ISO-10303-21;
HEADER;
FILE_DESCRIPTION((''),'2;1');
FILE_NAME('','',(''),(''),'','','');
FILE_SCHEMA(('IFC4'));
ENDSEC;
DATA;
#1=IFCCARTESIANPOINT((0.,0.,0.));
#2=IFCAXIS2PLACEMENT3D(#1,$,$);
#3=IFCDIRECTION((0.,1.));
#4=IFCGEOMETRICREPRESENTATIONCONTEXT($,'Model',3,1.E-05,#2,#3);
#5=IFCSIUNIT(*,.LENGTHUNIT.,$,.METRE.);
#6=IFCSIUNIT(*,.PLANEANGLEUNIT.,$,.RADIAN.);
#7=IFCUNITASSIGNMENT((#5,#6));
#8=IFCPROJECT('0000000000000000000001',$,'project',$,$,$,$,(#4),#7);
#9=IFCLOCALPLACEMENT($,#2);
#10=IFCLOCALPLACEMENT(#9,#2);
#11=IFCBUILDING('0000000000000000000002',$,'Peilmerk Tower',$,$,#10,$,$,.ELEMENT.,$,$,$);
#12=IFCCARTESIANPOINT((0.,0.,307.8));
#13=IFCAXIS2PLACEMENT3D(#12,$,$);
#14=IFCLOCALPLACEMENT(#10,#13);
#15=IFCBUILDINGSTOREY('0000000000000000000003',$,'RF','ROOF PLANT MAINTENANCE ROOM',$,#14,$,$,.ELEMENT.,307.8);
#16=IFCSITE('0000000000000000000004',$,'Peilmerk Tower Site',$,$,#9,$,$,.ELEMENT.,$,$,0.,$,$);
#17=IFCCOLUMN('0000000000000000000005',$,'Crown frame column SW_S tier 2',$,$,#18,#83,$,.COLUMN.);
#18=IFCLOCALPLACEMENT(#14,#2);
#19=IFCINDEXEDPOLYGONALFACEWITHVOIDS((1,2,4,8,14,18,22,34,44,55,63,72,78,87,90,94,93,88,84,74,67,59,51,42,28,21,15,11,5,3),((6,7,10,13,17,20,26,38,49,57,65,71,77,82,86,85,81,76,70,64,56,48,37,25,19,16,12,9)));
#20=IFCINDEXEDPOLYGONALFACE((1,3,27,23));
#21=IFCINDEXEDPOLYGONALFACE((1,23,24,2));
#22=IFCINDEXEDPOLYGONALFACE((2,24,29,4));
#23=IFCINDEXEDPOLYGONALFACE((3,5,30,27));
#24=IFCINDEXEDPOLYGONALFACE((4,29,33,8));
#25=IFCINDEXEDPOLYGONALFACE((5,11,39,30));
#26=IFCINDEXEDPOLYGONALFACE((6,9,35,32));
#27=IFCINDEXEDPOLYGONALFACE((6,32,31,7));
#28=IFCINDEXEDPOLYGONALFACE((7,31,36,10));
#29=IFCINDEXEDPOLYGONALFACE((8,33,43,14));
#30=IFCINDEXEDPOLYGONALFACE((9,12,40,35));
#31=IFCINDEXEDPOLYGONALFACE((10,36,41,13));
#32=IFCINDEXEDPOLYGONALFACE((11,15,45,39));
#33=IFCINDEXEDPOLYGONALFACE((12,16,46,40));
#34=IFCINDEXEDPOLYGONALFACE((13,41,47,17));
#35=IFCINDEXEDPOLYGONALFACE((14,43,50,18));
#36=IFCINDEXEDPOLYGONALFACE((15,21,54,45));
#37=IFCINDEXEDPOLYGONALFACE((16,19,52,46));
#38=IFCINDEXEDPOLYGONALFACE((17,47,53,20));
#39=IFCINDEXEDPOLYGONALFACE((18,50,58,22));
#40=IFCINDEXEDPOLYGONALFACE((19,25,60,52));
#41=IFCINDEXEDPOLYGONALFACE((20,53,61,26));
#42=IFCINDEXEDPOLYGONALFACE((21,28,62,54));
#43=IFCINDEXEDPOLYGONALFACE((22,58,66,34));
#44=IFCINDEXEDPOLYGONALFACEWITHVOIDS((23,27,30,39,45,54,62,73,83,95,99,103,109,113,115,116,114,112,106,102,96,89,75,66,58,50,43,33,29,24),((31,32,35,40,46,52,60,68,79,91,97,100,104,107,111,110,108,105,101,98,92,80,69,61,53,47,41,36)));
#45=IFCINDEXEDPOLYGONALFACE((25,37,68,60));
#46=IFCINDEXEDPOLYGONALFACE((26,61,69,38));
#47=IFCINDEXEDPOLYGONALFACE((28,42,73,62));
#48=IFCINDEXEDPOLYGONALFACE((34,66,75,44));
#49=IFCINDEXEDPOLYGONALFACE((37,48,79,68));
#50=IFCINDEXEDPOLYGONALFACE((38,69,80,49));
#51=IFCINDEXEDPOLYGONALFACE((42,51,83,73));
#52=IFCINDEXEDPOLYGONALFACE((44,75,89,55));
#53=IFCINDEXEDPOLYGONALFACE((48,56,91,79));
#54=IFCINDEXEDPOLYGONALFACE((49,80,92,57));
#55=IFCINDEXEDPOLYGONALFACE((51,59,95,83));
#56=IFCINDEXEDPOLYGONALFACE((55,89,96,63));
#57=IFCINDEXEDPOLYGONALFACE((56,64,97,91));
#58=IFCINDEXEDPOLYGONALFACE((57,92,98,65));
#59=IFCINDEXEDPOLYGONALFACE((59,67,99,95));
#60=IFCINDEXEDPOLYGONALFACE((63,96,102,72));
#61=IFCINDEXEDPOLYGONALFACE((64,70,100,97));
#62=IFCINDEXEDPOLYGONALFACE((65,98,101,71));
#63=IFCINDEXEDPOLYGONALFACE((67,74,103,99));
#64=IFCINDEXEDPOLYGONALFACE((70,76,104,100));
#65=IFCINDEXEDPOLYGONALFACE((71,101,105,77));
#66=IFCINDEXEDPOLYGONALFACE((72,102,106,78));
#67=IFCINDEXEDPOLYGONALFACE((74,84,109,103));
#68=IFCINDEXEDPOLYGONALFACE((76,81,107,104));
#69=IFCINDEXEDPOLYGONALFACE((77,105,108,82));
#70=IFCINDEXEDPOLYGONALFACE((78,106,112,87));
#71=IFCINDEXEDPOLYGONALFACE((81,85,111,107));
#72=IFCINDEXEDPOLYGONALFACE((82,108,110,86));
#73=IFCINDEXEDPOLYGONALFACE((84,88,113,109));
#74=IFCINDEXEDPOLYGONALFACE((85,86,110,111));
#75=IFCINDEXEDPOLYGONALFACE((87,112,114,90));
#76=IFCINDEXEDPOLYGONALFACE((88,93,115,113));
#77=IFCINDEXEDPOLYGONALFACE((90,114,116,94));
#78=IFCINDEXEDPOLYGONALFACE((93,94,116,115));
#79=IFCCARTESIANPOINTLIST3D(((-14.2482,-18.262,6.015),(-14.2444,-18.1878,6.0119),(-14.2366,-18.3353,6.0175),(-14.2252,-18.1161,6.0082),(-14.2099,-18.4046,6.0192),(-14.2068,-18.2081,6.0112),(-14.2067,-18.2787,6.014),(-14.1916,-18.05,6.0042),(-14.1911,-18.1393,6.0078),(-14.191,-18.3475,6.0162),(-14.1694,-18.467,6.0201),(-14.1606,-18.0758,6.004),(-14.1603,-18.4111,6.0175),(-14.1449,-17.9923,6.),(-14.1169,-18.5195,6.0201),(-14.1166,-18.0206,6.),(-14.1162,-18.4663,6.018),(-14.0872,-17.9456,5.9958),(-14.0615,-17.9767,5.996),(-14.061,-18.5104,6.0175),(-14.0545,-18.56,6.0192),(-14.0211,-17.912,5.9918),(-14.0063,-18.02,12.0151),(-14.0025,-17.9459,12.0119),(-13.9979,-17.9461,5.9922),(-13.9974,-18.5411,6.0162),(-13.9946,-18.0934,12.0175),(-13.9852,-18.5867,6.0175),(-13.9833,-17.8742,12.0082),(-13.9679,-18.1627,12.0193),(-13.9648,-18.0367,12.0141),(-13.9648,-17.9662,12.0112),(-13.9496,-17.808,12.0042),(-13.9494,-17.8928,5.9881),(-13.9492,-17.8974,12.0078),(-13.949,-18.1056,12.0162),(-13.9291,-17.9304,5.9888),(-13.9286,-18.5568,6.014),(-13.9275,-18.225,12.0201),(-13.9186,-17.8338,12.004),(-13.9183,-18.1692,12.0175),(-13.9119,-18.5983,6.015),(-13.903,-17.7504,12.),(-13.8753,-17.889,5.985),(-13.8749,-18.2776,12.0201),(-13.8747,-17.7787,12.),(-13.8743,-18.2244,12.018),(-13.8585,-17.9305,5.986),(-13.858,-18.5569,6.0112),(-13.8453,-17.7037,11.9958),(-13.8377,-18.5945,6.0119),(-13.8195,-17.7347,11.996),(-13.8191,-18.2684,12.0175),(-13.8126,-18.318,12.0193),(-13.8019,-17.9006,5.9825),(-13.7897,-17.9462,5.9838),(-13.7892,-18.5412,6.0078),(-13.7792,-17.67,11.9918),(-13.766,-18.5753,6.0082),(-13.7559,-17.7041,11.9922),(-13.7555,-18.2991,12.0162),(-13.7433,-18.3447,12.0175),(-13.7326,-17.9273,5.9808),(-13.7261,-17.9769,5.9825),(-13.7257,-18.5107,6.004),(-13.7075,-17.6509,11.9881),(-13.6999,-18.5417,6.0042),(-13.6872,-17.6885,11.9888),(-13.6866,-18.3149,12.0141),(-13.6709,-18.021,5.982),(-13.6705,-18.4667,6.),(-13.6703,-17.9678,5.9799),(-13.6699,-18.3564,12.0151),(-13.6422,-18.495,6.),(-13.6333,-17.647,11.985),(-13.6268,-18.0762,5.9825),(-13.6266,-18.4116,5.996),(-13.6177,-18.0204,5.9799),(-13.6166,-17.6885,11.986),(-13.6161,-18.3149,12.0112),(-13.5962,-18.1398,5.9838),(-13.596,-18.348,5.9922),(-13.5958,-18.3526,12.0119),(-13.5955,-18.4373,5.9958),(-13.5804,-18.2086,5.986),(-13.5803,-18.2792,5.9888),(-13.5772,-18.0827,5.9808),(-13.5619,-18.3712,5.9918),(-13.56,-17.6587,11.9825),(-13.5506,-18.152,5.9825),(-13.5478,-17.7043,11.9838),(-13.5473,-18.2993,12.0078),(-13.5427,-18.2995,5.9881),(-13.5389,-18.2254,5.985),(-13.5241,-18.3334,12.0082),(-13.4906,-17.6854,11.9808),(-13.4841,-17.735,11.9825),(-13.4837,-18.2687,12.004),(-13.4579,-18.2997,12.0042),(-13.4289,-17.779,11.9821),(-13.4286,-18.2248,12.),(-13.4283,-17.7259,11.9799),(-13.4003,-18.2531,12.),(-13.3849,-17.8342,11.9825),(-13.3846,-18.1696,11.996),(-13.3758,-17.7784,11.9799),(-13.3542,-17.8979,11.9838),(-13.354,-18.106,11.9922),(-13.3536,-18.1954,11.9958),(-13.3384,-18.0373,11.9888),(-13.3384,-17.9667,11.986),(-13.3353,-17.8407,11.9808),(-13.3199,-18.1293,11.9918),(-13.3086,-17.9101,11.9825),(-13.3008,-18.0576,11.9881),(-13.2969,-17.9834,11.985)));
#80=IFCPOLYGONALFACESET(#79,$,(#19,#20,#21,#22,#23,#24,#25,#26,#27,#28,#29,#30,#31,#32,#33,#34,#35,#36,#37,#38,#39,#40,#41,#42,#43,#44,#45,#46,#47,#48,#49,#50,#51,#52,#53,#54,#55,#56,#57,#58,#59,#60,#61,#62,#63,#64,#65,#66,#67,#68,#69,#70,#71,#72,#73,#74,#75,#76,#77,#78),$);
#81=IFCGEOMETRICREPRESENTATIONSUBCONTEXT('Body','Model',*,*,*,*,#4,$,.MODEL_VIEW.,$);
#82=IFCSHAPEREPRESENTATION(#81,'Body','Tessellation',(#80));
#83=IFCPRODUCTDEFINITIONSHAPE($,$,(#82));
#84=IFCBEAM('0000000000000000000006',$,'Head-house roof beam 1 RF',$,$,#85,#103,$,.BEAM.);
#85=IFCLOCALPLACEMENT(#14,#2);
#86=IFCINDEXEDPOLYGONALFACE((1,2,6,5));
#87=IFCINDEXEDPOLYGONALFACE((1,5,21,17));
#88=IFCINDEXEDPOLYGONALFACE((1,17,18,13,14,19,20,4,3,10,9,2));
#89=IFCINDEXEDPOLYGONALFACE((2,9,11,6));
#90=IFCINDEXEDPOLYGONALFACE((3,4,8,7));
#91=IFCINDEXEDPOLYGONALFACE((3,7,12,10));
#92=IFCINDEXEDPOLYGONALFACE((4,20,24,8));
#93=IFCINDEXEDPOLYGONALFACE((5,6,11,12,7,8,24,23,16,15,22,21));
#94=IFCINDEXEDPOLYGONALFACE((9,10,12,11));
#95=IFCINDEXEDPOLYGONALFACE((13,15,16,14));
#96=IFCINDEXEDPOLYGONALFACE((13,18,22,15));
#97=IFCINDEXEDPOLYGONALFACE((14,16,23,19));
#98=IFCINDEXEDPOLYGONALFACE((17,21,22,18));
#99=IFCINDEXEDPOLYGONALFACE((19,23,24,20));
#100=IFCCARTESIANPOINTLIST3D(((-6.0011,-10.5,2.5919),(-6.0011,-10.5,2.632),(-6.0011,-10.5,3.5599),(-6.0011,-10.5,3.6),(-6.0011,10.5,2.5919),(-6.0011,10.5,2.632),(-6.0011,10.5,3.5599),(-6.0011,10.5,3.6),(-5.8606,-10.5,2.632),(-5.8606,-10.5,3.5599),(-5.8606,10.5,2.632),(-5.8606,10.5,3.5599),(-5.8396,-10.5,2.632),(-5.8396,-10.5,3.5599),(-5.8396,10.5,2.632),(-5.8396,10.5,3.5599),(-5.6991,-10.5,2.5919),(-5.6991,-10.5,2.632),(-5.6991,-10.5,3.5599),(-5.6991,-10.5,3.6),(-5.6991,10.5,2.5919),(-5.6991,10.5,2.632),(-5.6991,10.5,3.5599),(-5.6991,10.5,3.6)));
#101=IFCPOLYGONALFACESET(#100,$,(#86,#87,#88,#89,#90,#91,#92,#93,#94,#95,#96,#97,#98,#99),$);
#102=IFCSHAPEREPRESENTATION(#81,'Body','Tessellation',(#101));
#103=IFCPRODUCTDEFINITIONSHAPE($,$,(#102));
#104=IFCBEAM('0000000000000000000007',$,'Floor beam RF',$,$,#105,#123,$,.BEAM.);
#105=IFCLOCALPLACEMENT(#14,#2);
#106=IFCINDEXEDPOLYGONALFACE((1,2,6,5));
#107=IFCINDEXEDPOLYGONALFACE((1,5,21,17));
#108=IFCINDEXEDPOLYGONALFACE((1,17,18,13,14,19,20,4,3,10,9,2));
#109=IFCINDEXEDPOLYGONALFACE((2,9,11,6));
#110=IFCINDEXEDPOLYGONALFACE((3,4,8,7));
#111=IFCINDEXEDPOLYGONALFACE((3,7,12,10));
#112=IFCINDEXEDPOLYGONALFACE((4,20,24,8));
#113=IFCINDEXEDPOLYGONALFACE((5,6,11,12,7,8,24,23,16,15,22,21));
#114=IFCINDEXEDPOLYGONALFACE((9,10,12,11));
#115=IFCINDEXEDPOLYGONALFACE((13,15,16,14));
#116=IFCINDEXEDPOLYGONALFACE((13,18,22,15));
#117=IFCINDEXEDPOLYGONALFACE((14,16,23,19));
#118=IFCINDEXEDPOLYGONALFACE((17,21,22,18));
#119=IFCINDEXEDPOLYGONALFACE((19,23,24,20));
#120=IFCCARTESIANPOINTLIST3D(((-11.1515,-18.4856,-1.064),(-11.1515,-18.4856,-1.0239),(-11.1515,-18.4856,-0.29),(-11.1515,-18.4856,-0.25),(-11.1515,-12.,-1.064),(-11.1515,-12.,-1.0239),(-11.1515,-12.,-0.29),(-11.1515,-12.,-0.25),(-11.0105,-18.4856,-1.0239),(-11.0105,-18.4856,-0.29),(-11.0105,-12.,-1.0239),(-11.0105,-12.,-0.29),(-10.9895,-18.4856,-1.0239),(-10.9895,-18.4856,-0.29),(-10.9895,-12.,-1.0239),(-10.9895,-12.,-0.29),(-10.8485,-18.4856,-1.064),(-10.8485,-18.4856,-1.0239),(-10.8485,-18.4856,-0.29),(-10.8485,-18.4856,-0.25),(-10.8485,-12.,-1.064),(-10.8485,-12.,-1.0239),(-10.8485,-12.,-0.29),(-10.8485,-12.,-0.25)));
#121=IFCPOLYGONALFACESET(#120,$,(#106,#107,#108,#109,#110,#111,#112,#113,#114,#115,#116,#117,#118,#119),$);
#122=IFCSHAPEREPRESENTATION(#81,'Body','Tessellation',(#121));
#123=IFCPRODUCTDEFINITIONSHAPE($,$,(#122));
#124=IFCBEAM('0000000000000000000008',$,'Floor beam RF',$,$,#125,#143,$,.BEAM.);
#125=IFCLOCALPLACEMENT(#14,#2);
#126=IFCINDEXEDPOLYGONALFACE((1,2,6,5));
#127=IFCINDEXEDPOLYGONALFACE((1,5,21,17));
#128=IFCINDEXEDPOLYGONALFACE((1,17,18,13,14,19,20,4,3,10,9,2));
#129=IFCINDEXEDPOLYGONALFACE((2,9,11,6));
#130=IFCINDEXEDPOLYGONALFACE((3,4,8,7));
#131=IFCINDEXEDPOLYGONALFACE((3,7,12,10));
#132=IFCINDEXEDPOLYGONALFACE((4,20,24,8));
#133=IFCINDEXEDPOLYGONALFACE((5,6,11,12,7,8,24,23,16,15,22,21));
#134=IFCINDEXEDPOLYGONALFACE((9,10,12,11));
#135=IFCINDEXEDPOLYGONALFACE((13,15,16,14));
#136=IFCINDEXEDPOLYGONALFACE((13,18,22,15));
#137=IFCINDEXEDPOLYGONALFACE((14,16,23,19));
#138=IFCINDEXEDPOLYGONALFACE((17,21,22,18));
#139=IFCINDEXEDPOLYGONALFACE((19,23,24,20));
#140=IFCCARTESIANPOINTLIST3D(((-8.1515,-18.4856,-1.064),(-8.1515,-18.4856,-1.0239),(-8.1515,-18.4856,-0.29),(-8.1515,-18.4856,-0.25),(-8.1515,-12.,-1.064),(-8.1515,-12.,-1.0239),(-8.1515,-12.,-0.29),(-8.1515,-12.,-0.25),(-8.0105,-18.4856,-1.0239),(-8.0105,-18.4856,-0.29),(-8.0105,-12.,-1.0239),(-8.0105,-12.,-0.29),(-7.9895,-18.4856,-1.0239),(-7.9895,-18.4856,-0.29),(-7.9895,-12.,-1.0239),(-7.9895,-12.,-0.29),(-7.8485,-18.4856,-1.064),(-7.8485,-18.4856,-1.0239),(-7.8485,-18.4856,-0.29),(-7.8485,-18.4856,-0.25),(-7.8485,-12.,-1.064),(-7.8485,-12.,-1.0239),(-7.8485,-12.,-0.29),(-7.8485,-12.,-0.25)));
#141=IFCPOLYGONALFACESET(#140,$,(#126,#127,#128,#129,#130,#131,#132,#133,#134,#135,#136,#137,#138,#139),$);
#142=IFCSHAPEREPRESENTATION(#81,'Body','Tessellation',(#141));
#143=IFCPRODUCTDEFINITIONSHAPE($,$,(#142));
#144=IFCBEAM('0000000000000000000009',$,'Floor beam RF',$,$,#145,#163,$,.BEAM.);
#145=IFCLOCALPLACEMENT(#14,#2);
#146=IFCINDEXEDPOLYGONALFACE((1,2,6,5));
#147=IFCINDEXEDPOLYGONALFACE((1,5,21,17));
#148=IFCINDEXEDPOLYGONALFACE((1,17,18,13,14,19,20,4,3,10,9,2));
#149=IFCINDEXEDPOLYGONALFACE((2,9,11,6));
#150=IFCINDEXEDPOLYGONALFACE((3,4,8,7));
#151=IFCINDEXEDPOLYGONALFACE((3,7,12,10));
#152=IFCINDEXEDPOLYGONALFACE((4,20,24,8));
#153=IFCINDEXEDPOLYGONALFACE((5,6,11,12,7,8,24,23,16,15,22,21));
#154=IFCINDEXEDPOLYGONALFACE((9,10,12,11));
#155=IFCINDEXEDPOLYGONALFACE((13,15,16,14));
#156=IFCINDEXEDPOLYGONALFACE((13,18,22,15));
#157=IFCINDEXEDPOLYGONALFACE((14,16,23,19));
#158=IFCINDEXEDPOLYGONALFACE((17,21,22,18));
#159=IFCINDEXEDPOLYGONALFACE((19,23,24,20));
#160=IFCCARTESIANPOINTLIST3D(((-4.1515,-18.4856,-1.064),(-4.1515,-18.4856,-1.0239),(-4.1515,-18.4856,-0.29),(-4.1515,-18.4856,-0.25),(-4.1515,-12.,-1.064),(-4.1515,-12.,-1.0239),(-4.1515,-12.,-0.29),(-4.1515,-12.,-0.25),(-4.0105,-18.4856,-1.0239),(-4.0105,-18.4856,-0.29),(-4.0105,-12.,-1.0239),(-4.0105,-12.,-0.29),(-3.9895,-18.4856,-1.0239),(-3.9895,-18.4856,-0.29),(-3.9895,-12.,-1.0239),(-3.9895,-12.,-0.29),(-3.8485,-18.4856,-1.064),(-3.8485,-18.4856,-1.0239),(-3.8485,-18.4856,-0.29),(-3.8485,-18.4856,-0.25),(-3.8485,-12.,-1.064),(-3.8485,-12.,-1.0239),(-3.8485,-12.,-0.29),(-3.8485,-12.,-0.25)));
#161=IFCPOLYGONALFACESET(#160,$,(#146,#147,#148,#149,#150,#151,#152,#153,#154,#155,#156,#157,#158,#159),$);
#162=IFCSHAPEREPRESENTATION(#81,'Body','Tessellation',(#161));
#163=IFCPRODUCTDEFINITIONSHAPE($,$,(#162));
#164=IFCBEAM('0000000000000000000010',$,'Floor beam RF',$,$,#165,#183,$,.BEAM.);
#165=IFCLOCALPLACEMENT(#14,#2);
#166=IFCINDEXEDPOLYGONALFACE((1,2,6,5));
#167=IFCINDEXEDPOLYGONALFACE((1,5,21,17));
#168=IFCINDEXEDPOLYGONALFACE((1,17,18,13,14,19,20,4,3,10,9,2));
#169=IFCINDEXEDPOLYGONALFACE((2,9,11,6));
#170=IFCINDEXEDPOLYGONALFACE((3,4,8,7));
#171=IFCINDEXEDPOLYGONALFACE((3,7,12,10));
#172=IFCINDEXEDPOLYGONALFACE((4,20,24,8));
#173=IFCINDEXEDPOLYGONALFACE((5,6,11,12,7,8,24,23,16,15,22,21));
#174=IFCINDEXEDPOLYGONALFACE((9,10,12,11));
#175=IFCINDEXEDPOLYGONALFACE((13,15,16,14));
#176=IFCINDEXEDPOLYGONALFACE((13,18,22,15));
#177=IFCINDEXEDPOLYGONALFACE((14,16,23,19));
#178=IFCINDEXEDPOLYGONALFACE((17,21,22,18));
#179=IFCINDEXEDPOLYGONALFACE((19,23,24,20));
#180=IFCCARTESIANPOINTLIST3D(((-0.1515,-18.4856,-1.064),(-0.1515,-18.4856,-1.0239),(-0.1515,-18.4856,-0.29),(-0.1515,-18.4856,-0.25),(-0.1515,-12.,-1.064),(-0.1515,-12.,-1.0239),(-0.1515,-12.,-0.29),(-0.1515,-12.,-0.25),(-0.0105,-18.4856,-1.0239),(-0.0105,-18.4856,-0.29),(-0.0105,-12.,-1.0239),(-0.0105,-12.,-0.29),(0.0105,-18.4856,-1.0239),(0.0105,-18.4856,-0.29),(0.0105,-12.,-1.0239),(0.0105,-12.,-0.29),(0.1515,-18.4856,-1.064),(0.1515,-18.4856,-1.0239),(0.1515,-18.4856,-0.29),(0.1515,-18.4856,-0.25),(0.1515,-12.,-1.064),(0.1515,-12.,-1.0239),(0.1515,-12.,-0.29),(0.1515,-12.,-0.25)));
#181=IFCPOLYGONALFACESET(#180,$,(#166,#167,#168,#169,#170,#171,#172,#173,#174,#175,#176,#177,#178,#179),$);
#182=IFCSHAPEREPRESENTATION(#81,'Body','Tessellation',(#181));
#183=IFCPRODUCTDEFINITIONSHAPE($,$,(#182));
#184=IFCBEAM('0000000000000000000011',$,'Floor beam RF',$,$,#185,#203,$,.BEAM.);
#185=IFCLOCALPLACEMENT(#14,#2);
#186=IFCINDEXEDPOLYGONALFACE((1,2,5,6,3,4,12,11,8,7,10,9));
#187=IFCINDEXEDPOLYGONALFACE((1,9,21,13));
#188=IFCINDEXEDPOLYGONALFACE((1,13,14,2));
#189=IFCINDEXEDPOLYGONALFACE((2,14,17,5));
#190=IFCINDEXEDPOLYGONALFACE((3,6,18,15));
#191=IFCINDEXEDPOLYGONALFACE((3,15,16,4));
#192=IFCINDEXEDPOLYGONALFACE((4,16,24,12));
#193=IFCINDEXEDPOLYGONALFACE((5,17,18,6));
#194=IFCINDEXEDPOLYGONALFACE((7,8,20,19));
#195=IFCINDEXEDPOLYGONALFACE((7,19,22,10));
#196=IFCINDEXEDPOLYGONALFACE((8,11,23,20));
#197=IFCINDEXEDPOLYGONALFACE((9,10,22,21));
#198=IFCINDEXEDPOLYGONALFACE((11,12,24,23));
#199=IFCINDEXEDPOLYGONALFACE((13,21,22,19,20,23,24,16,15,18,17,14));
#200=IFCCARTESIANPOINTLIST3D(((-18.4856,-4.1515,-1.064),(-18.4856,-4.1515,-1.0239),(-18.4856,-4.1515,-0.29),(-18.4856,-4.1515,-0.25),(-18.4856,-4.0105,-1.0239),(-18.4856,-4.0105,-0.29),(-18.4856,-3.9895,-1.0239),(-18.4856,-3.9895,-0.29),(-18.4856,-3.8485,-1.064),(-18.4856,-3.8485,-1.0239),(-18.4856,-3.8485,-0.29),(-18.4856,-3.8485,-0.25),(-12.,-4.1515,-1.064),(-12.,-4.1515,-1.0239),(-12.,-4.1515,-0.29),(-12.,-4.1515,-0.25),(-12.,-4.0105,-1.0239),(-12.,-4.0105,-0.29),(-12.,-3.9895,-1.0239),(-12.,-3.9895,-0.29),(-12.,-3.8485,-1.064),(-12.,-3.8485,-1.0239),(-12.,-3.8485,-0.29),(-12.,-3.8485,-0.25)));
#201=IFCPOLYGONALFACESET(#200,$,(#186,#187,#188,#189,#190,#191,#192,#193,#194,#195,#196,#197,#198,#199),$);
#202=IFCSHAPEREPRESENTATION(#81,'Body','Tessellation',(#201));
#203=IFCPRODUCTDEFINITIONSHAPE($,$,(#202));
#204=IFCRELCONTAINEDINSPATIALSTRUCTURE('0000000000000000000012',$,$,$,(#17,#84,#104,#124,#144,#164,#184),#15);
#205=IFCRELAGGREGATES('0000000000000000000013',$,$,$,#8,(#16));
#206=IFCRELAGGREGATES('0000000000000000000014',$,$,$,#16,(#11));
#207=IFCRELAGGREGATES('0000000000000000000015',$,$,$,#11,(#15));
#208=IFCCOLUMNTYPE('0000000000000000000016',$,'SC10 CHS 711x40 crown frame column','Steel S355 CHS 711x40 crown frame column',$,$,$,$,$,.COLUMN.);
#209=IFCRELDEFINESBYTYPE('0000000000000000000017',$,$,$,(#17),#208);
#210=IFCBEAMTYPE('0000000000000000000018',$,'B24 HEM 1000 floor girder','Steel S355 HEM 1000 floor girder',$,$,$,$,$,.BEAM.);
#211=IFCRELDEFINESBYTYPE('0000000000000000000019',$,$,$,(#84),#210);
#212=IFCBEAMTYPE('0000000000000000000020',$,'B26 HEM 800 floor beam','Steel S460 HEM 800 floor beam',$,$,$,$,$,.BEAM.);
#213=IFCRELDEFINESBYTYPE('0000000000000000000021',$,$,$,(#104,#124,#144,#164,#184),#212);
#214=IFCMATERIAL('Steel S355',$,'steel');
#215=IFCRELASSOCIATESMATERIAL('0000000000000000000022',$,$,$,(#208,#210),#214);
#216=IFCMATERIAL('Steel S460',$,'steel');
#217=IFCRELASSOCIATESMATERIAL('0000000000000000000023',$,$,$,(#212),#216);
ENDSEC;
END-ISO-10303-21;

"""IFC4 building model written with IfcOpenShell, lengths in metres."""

from ifc_helpers import new_model, si_unit, direction, frame, origin, origin_2d, place, context, subcontext, project, spatial, hollow_circle, i_section, extrude, material, material_profile, profile_set, type_object, element, save


model = new_model("IFC4")

# Units and contexts
model_context = context("Model", 3, precision=1e-05, world=origin(), true_north=direction((0.0, 1.0)))
body_context = subcontext(model_context, "Body", "Model", "MODEL_VIEW")
ifc_project = project(units=[si_unit("LENGTHUNIT", "METRE"), si_unit("PLANEANGLEUNIT", "RADIAN")], contexts=[model_context])

# Site, building, storey
site_placement = place(None, origin())
site = spatial("IfcSite", under=ifc_project, at=site_placement, Name="Peilmerk Tower Site", CompositionType="ELEMENT", RefElevation=0.0)
building_placement = place(site_placement, origin())
building = spatial("IfcBuilding", under=site, at=building_placement, Name="Peilmerk Tower", CompositionType="ELEMENT")
storey_placement = place(building_placement, frame((0.0, 0.0, 307.8)))
storey = spatial("IfcBuildingStorey", under=building, at=storey_placement, Name="RF", Description="ROOF PLANT MAINTENANCE ROOM", CompositionType="ELEMENT", Elevation=307.8)

# Column
ifc_material_1 = material(Name="Steel S355", Category="steel")
ifc_material_profile_1 = material_profile(ifc_material_1, hollow_circle(Radius=0.3555, WallThickness=0.04, at=origin_2d()), Name="CHS 711x40")
ifc_profile_set_1 = profile_set([ifc_material_profile_1], Name="Steel S355")
column_type = type_object("IfcColumnType", Name="SC10 CHS 711x40 crown frame column", Description="Steel S355 CHS 711x40 crown frame column", PredefinedType="COLUMN", material=ifc_profile_set_1)
column_placement = place(storey_placement, frame((-13.8936, -18.2437, 6.0), z_axis=(0.040258, 0.040258, 0.998378), x_axis=(-0.707107, 0.707107, 0.0)))
element("IfcColumn", 1, at=column_placement, inside=storey, type_object=column_type, Name="Crown frame column SW_S tier 2", PredefinedType="COLUMN", context=body_context, shape_type="SweptSolid", body=[
    extrude(hollow_circle(Radius=0.3555, WallThickness=0.04, at=origin_2d()), origin(), (0.0, 0.0, 1.0), 6.0098),
])

# Beams
ifc_material_profile_2 = material_profile(ifc_material_1, i_section(OverallWidth=0.302, OverallDepth=1.0081, WebThickness=0.021, FlangeThickness=0.04, at=origin_2d()), Name="HEM 1000")
ifc_profile_set_2 = profile_set([ifc_material_profile_2], Name="Steel S355")
beam_type_1 = type_object("IfcBeamType", Name="B24 HEM 1000 floor girder", Description="Steel S355 HEM 1000 floor girder", PredefinedType="BEAM", material=ifc_profile_set_2)
beam_1_placement = place(storey_placement, frame((-5.8501, -10.5, 3.0959), z_axis=(0.0, 1.0, 0.0), x_axis=(-1.0, 0.0, 0.0)))
element("IfcBeam", 2, at=beam_1_placement, inside=storey, type_object=beam_type_1, Name="Head-house roof beam 1 RF", PredefinedType="BEAM", context=body_context, shape_type="SweptSolid", body=[
    extrude(i_section(OverallWidth=0.302, OverallDepth=1.0081, WebThickness=0.021, FlangeThickness=0.04, at=origin_2d()), origin(), (0.0, 0.0, 1.0), 21.0),
])
ifc_material_2 = material(Name="Steel S460", Category="steel")
ifc_material_profile_3 = material_profile(ifc_material_2, i_section(OverallWidth=0.303, OverallDepth=0.814, WebThickness=0.021, FlangeThickness=0.04, at=origin_2d()), Name="HEM 800")
ifc_profile_set_3 = profile_set([ifc_material_profile_3], Name="Steel S460")
beam_type_2 = type_object("IfcBeamType", Name="B26 HEM 800 floor beam", Description="Steel S460 HEM 800 floor beam", PredefinedType="BEAM", material=ifc_profile_set_3)
for number, where, z_axis, x_axis, name in (
    (3, (-11.0, -12.0, -0.657), (0.0, -1.0, 0.0), (1.0, 0.0, 0.0), "Floor beam RF"),
    (4, (-8.0, -12.0, -0.657), (0.0, -1.0, 0.0), (1.0, 0.0, 0.0), "Floor beam RF"),
    (5, (-4.0, -12.0, -0.657), (0.0, -1.0, 0.0), (1.0, 0.0, 0.0), "Floor beam RF"),
    (6, (0.0, -12.0, -0.657), (0.0, -1.0, 0.0), (1.0, 0.0, 0.0), "Floor beam RF"),
    (7, (-12.0, -4.0, -0.657), (-1.0, 0.0, 0.0), (0.0, -1.0, 0.0), "Floor beam RF"),
):
    element("IfcBeam", number, at=place(storey_placement, frame(where, z_axis=z_axis, x_axis=x_axis)), inside=storey, type_object=beam_type_2, Name=name, PredefinedType="BEAM", context=body_context, shape_type="SweptSolid", body=[
        extrude(i_section(OverallWidth=0.303, OverallDepth=0.814, WebThickness=0.021, FlangeThickness=0.04, at=origin_2d()), origin(), (0.0, 0.0, 1.0), 6.4856),
    ])

save(model, "model.ifc")
